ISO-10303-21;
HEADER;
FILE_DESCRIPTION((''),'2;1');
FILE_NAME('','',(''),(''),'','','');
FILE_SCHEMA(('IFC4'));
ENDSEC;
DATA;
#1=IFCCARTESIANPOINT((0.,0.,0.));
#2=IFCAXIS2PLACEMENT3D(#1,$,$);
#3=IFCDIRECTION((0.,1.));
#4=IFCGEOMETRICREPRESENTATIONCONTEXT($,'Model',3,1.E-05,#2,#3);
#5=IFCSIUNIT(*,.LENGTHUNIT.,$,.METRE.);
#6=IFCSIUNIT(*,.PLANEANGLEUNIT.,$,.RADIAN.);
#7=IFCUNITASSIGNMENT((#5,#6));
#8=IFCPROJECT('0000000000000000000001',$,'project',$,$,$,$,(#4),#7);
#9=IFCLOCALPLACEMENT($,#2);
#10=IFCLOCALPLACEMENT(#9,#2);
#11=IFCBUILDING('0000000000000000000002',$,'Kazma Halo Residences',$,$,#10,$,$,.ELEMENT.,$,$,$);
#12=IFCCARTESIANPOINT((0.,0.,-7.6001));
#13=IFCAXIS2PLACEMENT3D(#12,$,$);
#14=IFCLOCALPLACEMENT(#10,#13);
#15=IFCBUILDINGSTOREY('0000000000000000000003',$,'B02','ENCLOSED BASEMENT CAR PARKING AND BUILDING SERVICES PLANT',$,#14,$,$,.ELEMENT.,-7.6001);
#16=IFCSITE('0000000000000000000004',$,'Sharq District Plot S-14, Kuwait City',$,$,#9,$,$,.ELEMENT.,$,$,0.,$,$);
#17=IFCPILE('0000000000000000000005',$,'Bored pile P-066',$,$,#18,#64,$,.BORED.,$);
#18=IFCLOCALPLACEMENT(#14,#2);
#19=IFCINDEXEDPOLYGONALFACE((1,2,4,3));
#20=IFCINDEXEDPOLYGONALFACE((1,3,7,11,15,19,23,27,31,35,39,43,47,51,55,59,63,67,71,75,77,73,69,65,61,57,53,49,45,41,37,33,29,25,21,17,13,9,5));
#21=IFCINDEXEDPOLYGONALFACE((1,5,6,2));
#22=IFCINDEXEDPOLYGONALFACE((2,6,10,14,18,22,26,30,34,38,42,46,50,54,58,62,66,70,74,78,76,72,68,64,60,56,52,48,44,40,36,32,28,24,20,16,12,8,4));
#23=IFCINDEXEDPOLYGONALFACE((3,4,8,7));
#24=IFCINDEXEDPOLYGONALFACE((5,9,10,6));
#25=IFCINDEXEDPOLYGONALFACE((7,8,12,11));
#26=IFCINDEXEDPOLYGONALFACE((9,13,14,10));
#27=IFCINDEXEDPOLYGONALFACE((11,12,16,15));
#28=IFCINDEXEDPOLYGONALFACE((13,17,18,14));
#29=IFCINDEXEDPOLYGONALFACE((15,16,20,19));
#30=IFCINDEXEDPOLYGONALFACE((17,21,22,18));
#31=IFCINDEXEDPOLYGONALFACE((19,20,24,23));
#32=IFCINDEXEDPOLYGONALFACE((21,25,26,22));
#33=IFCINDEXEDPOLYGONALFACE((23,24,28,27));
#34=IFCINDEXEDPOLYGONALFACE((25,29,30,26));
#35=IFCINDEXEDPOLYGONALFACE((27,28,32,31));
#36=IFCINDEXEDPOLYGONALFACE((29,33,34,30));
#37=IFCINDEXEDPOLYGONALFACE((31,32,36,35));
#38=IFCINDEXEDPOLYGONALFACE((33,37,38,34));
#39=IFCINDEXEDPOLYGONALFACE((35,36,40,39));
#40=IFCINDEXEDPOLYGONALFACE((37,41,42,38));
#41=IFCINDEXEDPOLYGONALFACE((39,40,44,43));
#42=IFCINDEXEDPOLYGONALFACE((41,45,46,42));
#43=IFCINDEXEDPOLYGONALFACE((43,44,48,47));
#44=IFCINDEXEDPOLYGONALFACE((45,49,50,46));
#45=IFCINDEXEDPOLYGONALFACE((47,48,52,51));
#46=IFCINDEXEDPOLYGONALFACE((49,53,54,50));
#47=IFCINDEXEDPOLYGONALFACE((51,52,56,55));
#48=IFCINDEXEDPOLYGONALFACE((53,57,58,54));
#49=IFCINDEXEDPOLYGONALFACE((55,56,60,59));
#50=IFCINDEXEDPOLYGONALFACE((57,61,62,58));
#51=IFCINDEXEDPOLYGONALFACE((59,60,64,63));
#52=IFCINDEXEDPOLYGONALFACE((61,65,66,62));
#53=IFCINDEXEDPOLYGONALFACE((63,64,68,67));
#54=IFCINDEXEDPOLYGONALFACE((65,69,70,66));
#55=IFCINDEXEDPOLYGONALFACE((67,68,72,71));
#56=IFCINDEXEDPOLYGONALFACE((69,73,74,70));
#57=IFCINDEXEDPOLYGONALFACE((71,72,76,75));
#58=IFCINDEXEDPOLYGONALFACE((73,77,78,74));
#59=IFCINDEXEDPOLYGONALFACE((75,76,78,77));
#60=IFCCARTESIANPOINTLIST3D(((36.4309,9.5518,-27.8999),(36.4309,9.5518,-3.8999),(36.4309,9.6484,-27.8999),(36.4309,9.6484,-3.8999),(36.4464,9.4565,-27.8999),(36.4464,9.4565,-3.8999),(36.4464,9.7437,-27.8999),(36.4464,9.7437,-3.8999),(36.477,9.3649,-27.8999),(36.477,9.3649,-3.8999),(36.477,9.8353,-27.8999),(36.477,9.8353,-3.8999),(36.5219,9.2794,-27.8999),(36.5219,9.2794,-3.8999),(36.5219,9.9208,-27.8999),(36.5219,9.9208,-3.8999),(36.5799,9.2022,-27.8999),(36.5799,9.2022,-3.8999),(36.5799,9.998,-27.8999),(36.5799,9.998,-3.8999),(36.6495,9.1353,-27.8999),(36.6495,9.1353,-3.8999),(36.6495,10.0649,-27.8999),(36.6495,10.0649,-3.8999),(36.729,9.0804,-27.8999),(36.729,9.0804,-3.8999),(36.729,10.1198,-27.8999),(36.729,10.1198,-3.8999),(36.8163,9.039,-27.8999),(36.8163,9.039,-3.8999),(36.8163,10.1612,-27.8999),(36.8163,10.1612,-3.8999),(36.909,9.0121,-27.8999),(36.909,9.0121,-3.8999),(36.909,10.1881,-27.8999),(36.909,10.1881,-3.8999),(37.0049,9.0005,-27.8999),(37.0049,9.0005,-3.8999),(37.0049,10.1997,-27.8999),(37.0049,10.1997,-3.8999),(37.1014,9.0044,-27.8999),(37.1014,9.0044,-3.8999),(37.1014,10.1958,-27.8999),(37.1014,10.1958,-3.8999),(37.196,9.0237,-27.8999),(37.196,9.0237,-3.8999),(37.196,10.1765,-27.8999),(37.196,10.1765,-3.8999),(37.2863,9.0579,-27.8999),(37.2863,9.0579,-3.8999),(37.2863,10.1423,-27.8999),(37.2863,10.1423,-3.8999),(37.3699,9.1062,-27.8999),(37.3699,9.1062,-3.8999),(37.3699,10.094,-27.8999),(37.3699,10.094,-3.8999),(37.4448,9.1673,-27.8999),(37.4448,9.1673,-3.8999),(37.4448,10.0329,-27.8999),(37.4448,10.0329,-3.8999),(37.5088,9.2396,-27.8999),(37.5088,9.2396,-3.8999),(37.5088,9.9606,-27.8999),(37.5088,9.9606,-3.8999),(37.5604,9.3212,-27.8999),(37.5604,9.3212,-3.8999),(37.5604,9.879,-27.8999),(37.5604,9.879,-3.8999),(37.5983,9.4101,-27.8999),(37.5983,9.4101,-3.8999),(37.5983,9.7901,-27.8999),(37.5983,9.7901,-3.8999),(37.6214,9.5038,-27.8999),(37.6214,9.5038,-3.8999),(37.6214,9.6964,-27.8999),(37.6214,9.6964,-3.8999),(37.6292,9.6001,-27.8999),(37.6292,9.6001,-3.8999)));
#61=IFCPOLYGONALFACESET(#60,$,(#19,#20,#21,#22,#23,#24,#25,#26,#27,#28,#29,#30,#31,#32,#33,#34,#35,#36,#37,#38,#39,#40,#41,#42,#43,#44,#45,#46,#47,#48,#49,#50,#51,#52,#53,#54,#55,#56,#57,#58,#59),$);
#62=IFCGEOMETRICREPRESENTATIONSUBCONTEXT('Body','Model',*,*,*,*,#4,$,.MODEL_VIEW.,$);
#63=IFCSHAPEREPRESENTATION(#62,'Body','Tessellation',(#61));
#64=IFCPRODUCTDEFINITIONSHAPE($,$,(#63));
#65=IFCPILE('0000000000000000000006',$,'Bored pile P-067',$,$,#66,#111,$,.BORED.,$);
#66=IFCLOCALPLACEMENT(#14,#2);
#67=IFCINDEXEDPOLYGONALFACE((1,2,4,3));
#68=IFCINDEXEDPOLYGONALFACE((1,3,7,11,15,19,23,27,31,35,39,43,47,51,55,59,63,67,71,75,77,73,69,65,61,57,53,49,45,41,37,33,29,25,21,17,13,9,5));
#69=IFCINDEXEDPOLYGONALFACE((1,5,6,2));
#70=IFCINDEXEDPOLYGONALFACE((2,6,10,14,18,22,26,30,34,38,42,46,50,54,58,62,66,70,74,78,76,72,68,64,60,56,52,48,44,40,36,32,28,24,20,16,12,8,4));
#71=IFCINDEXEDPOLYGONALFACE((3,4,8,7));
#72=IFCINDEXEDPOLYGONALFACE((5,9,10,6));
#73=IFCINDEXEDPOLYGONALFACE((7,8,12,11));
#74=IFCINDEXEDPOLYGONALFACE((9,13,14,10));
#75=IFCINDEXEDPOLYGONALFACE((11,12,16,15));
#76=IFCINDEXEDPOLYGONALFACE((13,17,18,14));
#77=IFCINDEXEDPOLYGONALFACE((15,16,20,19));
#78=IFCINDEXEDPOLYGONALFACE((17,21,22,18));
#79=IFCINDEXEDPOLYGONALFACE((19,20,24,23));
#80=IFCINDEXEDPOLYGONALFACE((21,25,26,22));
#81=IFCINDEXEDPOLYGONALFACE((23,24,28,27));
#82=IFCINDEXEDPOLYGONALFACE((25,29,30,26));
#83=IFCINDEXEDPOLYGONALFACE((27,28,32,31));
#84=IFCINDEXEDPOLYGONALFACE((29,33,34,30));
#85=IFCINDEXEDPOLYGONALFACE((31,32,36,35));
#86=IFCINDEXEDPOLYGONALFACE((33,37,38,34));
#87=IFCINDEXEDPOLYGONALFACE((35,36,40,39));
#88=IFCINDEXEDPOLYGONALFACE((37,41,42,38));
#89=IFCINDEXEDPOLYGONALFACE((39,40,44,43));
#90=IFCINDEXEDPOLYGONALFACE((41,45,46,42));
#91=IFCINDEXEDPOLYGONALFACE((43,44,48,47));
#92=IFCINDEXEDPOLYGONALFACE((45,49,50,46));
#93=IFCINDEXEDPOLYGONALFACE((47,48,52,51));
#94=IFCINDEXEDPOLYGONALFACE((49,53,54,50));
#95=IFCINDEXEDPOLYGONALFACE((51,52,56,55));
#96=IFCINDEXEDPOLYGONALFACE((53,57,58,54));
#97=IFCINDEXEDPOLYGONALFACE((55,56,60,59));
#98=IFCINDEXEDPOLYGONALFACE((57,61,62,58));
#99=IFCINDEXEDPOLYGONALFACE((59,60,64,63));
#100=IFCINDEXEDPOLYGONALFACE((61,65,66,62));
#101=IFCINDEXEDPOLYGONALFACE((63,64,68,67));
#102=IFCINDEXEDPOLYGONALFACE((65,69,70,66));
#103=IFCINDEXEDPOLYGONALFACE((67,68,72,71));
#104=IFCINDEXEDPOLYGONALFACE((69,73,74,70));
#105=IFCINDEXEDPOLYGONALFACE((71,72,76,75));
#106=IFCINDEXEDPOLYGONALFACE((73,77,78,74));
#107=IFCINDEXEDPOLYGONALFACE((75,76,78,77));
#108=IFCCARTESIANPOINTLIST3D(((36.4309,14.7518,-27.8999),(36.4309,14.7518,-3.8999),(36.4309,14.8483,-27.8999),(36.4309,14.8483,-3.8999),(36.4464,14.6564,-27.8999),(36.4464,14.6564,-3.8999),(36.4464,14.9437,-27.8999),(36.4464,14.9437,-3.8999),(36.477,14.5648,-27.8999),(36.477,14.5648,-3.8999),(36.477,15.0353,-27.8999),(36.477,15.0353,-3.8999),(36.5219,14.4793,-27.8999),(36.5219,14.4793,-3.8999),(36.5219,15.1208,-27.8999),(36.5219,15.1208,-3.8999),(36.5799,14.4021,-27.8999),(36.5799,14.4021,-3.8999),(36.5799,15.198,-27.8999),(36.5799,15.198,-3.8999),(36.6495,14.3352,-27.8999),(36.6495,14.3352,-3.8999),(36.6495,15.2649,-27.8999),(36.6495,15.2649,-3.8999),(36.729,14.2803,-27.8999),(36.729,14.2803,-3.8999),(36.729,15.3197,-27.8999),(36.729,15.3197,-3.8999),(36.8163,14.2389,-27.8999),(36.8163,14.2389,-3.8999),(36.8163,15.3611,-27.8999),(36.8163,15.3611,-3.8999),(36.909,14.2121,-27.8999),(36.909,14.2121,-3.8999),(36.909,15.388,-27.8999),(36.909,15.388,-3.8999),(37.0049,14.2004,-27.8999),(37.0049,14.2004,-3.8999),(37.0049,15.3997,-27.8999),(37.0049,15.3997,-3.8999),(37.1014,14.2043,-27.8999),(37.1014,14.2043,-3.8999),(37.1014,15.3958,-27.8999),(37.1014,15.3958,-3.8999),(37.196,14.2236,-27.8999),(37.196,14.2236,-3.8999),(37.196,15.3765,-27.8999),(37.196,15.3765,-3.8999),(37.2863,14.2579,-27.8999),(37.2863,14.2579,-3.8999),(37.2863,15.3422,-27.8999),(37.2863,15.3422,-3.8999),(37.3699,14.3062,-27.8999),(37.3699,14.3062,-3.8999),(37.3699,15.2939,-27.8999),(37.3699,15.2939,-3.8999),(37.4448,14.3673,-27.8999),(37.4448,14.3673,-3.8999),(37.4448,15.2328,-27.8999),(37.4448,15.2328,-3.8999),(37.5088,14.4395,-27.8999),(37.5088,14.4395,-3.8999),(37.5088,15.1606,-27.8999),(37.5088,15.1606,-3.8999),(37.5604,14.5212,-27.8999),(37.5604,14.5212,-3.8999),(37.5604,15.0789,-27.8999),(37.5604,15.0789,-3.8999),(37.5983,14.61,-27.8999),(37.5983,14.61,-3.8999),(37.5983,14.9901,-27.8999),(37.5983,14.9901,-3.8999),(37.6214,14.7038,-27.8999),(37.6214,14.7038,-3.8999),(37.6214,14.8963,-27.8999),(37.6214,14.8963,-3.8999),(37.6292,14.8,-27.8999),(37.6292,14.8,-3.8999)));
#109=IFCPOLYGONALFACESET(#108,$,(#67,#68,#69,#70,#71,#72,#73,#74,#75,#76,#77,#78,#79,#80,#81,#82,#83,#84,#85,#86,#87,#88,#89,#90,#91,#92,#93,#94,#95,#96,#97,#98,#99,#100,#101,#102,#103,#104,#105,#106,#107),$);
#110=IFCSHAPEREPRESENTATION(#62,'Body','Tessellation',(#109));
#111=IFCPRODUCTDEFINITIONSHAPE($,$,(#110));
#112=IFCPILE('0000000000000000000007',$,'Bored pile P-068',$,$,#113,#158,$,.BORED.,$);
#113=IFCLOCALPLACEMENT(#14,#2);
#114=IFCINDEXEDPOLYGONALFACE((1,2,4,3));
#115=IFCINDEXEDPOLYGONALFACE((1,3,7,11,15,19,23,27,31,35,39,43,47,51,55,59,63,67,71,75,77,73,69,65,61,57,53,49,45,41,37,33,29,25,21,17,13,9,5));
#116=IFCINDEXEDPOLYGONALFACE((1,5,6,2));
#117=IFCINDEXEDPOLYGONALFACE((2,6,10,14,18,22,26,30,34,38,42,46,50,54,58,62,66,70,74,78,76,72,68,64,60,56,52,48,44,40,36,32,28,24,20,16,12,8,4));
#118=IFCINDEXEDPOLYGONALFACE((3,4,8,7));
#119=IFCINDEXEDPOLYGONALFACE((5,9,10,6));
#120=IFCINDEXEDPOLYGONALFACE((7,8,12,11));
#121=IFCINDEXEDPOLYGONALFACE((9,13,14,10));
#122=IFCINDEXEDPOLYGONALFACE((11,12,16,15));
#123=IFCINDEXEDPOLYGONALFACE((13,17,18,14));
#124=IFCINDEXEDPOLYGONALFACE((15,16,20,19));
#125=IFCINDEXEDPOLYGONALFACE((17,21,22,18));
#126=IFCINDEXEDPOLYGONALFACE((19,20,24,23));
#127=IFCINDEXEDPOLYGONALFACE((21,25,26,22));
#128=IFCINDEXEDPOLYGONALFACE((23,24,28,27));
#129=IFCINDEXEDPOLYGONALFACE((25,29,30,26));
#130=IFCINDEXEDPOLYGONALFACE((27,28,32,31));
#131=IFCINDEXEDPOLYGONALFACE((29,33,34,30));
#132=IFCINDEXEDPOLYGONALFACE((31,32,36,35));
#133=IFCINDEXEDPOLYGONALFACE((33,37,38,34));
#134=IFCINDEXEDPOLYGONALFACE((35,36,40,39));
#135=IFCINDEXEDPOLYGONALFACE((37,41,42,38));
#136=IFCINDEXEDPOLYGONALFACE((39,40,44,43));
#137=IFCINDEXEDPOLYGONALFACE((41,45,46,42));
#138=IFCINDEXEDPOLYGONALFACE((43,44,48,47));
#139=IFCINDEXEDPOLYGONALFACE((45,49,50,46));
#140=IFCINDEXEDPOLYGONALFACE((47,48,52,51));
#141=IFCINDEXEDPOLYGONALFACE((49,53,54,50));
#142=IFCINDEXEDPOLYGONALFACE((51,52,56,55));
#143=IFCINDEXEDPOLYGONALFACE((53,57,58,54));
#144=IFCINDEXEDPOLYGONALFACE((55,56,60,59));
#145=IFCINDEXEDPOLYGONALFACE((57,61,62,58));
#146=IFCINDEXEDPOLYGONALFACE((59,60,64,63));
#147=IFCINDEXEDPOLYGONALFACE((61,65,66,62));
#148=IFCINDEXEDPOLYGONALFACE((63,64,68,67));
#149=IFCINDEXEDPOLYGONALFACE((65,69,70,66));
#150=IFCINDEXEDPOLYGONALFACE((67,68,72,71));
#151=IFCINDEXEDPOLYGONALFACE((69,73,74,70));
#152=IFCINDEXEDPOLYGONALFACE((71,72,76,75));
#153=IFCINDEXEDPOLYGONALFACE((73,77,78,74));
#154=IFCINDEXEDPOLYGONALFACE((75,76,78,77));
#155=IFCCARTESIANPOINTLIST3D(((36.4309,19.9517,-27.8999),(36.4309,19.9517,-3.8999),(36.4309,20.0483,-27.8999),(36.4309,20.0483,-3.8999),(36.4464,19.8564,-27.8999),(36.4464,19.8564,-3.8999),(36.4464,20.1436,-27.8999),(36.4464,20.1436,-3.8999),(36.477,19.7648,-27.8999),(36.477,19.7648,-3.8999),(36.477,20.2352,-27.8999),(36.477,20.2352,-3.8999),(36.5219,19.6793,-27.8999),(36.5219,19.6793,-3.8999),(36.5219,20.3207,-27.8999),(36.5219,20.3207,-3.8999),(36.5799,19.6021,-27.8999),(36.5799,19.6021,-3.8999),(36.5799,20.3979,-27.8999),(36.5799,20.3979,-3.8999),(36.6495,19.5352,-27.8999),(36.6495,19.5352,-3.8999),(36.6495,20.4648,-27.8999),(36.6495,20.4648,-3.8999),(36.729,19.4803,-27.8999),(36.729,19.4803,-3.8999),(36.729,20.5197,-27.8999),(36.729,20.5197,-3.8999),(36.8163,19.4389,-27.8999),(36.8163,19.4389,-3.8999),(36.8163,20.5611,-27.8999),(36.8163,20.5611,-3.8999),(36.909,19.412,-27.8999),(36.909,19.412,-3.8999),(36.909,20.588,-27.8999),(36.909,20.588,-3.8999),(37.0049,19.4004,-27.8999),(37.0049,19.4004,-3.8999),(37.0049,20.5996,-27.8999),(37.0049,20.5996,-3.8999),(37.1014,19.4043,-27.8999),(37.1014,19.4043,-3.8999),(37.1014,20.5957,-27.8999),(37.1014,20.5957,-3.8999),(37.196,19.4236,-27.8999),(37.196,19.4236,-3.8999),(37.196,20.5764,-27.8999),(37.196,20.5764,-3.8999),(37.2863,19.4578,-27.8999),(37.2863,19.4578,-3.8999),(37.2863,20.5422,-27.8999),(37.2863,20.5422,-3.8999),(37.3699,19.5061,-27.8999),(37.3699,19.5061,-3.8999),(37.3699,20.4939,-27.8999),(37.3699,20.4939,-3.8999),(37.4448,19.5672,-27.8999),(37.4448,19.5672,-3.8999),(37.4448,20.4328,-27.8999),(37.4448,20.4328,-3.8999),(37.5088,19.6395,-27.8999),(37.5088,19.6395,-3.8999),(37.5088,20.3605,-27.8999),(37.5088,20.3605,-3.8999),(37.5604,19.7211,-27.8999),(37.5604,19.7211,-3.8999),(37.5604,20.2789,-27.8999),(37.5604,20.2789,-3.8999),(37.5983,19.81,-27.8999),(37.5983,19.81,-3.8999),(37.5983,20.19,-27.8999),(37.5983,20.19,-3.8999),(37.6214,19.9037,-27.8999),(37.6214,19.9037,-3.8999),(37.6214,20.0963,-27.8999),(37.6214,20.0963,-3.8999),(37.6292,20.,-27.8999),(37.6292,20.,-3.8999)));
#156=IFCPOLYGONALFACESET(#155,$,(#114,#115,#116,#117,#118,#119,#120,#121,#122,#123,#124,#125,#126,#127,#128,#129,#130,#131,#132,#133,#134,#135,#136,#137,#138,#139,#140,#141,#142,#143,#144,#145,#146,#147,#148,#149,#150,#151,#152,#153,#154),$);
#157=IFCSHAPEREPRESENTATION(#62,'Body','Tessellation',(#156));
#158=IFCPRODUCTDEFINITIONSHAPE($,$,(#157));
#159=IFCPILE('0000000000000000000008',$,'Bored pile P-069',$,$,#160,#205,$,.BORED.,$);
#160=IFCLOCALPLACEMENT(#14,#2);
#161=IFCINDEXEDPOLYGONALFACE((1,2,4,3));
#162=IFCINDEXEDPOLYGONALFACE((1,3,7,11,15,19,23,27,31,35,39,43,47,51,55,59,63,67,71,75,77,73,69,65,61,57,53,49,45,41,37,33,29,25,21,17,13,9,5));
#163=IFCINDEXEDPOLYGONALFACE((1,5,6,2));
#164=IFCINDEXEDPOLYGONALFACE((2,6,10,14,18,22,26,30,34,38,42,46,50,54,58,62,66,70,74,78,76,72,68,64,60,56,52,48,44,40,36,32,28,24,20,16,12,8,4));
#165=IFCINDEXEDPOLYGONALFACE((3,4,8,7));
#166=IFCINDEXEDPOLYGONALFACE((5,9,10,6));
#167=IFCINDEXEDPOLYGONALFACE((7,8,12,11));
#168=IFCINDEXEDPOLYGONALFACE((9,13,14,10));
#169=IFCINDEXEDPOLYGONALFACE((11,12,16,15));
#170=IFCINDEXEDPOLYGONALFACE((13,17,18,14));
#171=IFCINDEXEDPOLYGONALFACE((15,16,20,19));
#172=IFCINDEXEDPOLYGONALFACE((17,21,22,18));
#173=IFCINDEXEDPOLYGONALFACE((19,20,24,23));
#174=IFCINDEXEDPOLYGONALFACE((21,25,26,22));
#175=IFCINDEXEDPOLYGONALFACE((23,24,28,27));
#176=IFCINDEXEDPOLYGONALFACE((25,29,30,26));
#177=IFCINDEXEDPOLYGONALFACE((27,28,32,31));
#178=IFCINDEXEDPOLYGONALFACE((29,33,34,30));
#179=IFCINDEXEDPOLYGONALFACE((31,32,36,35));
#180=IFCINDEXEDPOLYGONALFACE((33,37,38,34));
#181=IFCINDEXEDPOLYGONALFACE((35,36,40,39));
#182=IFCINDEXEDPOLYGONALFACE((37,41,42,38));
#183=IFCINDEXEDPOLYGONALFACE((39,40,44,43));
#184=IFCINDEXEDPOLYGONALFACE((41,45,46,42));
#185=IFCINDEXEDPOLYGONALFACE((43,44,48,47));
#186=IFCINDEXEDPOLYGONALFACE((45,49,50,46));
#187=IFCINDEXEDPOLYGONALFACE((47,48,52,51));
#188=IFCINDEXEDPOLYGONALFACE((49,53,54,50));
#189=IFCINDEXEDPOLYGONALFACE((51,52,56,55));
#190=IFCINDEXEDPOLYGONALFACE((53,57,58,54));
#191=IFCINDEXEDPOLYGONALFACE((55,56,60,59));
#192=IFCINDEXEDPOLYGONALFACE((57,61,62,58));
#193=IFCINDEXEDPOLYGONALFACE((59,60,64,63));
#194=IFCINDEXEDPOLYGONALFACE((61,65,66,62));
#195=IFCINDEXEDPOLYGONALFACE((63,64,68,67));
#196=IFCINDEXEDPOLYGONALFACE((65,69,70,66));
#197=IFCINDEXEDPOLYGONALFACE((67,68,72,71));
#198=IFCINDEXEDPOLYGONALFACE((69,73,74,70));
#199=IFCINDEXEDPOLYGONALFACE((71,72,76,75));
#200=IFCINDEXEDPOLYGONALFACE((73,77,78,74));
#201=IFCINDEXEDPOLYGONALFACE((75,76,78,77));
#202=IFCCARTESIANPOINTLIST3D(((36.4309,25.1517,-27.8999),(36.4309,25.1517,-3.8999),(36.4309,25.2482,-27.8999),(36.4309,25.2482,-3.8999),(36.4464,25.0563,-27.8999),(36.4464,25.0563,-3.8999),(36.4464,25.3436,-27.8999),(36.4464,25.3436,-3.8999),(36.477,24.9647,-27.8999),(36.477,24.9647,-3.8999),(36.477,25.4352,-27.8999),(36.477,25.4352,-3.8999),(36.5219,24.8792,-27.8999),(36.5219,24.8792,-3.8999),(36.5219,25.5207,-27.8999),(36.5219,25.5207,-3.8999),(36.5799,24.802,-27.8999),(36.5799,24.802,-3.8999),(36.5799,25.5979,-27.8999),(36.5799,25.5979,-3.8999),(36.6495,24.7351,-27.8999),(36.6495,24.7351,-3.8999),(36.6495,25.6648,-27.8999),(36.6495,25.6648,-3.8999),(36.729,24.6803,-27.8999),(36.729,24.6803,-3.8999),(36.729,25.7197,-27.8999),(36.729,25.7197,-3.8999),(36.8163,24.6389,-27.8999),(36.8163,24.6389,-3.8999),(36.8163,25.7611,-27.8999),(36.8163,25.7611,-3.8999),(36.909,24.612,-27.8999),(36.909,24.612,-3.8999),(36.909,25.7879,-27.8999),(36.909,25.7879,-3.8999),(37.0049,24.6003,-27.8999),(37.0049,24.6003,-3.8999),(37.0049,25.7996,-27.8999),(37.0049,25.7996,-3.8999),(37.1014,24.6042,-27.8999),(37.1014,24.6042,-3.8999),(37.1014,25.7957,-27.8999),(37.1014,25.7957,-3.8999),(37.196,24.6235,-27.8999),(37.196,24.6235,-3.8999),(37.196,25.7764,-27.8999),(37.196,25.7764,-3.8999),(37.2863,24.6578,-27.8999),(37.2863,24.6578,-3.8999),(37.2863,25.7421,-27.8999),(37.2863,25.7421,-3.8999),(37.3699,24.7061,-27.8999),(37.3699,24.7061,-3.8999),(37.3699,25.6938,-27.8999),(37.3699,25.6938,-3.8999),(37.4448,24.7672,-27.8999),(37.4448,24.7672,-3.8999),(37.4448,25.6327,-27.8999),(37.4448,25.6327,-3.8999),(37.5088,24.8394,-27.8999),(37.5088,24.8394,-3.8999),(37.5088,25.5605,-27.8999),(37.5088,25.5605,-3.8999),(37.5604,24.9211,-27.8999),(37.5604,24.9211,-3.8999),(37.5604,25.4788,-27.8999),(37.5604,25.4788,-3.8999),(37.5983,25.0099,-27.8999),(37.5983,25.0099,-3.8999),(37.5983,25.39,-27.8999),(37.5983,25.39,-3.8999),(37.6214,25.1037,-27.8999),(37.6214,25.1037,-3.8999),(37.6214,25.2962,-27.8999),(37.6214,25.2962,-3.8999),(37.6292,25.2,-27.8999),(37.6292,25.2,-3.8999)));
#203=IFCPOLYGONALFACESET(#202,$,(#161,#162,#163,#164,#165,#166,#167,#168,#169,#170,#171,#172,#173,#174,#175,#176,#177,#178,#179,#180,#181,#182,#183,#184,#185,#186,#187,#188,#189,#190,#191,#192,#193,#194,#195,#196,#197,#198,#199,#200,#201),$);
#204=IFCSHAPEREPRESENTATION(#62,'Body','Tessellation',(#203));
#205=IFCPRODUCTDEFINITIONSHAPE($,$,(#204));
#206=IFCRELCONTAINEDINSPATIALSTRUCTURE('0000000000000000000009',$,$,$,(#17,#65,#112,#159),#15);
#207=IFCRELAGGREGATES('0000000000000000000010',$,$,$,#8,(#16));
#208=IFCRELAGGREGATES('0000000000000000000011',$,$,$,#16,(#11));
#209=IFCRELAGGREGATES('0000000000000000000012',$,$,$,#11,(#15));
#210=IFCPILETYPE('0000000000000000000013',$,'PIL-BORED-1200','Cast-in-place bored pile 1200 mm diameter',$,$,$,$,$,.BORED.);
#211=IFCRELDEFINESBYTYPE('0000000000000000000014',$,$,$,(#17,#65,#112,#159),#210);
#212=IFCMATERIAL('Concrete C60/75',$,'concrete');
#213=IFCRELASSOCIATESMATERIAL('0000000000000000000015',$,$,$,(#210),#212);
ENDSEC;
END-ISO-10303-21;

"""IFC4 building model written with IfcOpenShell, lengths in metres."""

from ifc_helpers import new_model, si_unit, direction, frame, origin, origin_2d, place, context, subcontext, project, spatial, circle, extrude, material, material_profile, profile_set, type_object, element, save


model = new_model("IFC4")

# Units and contexts
model_context = context("Model", 3, precision=1e-05, world=origin(), true_north=direction((0.0, 1.0)))
body_context = subcontext(model_context, "Body", "Model", "MODEL_VIEW")
ifc_project = project(units=[si_unit("LENGTHUNIT", "METRE"), si_unit("PLANEANGLEUNIT", "RADIAN")], contexts=[model_context])

# Site, building, storey
site_placement = place(None, origin())
site = spatial("IfcSite", under=ifc_project, at=site_placement, Name="Sharq District Plot S-14, Kuwait City", CompositionType="ELEMENT", RefElevation=0.0)
building_placement = place(site_placement, origin())
building = spatial("IfcBuilding", under=site, at=building_placement, Name="Kazma Halo Residences", CompositionType="ELEMENT")
storey_placement = place(building_placement, frame((0.0, 0.0, -7.6001)))
storey = spatial("IfcBuildingStorey", under=building, at=storey_placement, Name="B02", Description="ENCLOSED BASEMENT CAR PARKING AND BUILDING SERVICES PLANT", CompositionType="ELEMENT", Elevation=-7.6001)

# Piles
ifc_material_1 = material(Name="Concrete C60/75", Category="concrete")
ifc_material_profile_1 = material_profile(ifc_material_1, circle(Radius=0.6001, at=origin_2d()), Name="CIRC1200")
ifc_profile_set_1 = profile_set([ifc_material_profile_1], Name="Concrete C60/75")
pile_type = type_object("IfcPileType", Name="PIL-BORED-1200", Description="Cast-in-place bored pile 1200 mm diameter", PredefinedType="BORED", material=ifc_profile_set_1)
for number, where, z_axis, x_axis, name in (
    (1, (37.0291, 9.6001, -3.8999), (0.0, 0.0, -1.0), (1.0, 0.0, 0.0), "Bored pile P-066"),
    (2, (37.0291, 14.8, -3.8999), (0.0, 0.0, -1.0), (1.0, 0.0, 0.0), "Bored pile P-067"),
    (3, (37.0291, 20.0, -3.8999), (0.0, 0.0, -1.0), (1.0, 0.0, 0.0), "Bored pile P-068"),
    (4, (37.0291, 25.2, -3.8999), (0.0, 0.0, -1.0), (1.0, 0.0, 0.0), "Bored pile P-069"),
):
    element("IfcPile", number, at=place(storey_placement, frame(where, z_axis=z_axis, x_axis=x_axis)), inside=storey, type_object=pile_type, Name=name, PredefinedType="BORED", context=body_context, shape_type="SweptSolid", body=[
        extrude(circle(Radius=0.6001, at=origin_2d()), origin(), (0.0, 0.0, 1.0), 24.0),
    ])

save(model, "model.ifc")
